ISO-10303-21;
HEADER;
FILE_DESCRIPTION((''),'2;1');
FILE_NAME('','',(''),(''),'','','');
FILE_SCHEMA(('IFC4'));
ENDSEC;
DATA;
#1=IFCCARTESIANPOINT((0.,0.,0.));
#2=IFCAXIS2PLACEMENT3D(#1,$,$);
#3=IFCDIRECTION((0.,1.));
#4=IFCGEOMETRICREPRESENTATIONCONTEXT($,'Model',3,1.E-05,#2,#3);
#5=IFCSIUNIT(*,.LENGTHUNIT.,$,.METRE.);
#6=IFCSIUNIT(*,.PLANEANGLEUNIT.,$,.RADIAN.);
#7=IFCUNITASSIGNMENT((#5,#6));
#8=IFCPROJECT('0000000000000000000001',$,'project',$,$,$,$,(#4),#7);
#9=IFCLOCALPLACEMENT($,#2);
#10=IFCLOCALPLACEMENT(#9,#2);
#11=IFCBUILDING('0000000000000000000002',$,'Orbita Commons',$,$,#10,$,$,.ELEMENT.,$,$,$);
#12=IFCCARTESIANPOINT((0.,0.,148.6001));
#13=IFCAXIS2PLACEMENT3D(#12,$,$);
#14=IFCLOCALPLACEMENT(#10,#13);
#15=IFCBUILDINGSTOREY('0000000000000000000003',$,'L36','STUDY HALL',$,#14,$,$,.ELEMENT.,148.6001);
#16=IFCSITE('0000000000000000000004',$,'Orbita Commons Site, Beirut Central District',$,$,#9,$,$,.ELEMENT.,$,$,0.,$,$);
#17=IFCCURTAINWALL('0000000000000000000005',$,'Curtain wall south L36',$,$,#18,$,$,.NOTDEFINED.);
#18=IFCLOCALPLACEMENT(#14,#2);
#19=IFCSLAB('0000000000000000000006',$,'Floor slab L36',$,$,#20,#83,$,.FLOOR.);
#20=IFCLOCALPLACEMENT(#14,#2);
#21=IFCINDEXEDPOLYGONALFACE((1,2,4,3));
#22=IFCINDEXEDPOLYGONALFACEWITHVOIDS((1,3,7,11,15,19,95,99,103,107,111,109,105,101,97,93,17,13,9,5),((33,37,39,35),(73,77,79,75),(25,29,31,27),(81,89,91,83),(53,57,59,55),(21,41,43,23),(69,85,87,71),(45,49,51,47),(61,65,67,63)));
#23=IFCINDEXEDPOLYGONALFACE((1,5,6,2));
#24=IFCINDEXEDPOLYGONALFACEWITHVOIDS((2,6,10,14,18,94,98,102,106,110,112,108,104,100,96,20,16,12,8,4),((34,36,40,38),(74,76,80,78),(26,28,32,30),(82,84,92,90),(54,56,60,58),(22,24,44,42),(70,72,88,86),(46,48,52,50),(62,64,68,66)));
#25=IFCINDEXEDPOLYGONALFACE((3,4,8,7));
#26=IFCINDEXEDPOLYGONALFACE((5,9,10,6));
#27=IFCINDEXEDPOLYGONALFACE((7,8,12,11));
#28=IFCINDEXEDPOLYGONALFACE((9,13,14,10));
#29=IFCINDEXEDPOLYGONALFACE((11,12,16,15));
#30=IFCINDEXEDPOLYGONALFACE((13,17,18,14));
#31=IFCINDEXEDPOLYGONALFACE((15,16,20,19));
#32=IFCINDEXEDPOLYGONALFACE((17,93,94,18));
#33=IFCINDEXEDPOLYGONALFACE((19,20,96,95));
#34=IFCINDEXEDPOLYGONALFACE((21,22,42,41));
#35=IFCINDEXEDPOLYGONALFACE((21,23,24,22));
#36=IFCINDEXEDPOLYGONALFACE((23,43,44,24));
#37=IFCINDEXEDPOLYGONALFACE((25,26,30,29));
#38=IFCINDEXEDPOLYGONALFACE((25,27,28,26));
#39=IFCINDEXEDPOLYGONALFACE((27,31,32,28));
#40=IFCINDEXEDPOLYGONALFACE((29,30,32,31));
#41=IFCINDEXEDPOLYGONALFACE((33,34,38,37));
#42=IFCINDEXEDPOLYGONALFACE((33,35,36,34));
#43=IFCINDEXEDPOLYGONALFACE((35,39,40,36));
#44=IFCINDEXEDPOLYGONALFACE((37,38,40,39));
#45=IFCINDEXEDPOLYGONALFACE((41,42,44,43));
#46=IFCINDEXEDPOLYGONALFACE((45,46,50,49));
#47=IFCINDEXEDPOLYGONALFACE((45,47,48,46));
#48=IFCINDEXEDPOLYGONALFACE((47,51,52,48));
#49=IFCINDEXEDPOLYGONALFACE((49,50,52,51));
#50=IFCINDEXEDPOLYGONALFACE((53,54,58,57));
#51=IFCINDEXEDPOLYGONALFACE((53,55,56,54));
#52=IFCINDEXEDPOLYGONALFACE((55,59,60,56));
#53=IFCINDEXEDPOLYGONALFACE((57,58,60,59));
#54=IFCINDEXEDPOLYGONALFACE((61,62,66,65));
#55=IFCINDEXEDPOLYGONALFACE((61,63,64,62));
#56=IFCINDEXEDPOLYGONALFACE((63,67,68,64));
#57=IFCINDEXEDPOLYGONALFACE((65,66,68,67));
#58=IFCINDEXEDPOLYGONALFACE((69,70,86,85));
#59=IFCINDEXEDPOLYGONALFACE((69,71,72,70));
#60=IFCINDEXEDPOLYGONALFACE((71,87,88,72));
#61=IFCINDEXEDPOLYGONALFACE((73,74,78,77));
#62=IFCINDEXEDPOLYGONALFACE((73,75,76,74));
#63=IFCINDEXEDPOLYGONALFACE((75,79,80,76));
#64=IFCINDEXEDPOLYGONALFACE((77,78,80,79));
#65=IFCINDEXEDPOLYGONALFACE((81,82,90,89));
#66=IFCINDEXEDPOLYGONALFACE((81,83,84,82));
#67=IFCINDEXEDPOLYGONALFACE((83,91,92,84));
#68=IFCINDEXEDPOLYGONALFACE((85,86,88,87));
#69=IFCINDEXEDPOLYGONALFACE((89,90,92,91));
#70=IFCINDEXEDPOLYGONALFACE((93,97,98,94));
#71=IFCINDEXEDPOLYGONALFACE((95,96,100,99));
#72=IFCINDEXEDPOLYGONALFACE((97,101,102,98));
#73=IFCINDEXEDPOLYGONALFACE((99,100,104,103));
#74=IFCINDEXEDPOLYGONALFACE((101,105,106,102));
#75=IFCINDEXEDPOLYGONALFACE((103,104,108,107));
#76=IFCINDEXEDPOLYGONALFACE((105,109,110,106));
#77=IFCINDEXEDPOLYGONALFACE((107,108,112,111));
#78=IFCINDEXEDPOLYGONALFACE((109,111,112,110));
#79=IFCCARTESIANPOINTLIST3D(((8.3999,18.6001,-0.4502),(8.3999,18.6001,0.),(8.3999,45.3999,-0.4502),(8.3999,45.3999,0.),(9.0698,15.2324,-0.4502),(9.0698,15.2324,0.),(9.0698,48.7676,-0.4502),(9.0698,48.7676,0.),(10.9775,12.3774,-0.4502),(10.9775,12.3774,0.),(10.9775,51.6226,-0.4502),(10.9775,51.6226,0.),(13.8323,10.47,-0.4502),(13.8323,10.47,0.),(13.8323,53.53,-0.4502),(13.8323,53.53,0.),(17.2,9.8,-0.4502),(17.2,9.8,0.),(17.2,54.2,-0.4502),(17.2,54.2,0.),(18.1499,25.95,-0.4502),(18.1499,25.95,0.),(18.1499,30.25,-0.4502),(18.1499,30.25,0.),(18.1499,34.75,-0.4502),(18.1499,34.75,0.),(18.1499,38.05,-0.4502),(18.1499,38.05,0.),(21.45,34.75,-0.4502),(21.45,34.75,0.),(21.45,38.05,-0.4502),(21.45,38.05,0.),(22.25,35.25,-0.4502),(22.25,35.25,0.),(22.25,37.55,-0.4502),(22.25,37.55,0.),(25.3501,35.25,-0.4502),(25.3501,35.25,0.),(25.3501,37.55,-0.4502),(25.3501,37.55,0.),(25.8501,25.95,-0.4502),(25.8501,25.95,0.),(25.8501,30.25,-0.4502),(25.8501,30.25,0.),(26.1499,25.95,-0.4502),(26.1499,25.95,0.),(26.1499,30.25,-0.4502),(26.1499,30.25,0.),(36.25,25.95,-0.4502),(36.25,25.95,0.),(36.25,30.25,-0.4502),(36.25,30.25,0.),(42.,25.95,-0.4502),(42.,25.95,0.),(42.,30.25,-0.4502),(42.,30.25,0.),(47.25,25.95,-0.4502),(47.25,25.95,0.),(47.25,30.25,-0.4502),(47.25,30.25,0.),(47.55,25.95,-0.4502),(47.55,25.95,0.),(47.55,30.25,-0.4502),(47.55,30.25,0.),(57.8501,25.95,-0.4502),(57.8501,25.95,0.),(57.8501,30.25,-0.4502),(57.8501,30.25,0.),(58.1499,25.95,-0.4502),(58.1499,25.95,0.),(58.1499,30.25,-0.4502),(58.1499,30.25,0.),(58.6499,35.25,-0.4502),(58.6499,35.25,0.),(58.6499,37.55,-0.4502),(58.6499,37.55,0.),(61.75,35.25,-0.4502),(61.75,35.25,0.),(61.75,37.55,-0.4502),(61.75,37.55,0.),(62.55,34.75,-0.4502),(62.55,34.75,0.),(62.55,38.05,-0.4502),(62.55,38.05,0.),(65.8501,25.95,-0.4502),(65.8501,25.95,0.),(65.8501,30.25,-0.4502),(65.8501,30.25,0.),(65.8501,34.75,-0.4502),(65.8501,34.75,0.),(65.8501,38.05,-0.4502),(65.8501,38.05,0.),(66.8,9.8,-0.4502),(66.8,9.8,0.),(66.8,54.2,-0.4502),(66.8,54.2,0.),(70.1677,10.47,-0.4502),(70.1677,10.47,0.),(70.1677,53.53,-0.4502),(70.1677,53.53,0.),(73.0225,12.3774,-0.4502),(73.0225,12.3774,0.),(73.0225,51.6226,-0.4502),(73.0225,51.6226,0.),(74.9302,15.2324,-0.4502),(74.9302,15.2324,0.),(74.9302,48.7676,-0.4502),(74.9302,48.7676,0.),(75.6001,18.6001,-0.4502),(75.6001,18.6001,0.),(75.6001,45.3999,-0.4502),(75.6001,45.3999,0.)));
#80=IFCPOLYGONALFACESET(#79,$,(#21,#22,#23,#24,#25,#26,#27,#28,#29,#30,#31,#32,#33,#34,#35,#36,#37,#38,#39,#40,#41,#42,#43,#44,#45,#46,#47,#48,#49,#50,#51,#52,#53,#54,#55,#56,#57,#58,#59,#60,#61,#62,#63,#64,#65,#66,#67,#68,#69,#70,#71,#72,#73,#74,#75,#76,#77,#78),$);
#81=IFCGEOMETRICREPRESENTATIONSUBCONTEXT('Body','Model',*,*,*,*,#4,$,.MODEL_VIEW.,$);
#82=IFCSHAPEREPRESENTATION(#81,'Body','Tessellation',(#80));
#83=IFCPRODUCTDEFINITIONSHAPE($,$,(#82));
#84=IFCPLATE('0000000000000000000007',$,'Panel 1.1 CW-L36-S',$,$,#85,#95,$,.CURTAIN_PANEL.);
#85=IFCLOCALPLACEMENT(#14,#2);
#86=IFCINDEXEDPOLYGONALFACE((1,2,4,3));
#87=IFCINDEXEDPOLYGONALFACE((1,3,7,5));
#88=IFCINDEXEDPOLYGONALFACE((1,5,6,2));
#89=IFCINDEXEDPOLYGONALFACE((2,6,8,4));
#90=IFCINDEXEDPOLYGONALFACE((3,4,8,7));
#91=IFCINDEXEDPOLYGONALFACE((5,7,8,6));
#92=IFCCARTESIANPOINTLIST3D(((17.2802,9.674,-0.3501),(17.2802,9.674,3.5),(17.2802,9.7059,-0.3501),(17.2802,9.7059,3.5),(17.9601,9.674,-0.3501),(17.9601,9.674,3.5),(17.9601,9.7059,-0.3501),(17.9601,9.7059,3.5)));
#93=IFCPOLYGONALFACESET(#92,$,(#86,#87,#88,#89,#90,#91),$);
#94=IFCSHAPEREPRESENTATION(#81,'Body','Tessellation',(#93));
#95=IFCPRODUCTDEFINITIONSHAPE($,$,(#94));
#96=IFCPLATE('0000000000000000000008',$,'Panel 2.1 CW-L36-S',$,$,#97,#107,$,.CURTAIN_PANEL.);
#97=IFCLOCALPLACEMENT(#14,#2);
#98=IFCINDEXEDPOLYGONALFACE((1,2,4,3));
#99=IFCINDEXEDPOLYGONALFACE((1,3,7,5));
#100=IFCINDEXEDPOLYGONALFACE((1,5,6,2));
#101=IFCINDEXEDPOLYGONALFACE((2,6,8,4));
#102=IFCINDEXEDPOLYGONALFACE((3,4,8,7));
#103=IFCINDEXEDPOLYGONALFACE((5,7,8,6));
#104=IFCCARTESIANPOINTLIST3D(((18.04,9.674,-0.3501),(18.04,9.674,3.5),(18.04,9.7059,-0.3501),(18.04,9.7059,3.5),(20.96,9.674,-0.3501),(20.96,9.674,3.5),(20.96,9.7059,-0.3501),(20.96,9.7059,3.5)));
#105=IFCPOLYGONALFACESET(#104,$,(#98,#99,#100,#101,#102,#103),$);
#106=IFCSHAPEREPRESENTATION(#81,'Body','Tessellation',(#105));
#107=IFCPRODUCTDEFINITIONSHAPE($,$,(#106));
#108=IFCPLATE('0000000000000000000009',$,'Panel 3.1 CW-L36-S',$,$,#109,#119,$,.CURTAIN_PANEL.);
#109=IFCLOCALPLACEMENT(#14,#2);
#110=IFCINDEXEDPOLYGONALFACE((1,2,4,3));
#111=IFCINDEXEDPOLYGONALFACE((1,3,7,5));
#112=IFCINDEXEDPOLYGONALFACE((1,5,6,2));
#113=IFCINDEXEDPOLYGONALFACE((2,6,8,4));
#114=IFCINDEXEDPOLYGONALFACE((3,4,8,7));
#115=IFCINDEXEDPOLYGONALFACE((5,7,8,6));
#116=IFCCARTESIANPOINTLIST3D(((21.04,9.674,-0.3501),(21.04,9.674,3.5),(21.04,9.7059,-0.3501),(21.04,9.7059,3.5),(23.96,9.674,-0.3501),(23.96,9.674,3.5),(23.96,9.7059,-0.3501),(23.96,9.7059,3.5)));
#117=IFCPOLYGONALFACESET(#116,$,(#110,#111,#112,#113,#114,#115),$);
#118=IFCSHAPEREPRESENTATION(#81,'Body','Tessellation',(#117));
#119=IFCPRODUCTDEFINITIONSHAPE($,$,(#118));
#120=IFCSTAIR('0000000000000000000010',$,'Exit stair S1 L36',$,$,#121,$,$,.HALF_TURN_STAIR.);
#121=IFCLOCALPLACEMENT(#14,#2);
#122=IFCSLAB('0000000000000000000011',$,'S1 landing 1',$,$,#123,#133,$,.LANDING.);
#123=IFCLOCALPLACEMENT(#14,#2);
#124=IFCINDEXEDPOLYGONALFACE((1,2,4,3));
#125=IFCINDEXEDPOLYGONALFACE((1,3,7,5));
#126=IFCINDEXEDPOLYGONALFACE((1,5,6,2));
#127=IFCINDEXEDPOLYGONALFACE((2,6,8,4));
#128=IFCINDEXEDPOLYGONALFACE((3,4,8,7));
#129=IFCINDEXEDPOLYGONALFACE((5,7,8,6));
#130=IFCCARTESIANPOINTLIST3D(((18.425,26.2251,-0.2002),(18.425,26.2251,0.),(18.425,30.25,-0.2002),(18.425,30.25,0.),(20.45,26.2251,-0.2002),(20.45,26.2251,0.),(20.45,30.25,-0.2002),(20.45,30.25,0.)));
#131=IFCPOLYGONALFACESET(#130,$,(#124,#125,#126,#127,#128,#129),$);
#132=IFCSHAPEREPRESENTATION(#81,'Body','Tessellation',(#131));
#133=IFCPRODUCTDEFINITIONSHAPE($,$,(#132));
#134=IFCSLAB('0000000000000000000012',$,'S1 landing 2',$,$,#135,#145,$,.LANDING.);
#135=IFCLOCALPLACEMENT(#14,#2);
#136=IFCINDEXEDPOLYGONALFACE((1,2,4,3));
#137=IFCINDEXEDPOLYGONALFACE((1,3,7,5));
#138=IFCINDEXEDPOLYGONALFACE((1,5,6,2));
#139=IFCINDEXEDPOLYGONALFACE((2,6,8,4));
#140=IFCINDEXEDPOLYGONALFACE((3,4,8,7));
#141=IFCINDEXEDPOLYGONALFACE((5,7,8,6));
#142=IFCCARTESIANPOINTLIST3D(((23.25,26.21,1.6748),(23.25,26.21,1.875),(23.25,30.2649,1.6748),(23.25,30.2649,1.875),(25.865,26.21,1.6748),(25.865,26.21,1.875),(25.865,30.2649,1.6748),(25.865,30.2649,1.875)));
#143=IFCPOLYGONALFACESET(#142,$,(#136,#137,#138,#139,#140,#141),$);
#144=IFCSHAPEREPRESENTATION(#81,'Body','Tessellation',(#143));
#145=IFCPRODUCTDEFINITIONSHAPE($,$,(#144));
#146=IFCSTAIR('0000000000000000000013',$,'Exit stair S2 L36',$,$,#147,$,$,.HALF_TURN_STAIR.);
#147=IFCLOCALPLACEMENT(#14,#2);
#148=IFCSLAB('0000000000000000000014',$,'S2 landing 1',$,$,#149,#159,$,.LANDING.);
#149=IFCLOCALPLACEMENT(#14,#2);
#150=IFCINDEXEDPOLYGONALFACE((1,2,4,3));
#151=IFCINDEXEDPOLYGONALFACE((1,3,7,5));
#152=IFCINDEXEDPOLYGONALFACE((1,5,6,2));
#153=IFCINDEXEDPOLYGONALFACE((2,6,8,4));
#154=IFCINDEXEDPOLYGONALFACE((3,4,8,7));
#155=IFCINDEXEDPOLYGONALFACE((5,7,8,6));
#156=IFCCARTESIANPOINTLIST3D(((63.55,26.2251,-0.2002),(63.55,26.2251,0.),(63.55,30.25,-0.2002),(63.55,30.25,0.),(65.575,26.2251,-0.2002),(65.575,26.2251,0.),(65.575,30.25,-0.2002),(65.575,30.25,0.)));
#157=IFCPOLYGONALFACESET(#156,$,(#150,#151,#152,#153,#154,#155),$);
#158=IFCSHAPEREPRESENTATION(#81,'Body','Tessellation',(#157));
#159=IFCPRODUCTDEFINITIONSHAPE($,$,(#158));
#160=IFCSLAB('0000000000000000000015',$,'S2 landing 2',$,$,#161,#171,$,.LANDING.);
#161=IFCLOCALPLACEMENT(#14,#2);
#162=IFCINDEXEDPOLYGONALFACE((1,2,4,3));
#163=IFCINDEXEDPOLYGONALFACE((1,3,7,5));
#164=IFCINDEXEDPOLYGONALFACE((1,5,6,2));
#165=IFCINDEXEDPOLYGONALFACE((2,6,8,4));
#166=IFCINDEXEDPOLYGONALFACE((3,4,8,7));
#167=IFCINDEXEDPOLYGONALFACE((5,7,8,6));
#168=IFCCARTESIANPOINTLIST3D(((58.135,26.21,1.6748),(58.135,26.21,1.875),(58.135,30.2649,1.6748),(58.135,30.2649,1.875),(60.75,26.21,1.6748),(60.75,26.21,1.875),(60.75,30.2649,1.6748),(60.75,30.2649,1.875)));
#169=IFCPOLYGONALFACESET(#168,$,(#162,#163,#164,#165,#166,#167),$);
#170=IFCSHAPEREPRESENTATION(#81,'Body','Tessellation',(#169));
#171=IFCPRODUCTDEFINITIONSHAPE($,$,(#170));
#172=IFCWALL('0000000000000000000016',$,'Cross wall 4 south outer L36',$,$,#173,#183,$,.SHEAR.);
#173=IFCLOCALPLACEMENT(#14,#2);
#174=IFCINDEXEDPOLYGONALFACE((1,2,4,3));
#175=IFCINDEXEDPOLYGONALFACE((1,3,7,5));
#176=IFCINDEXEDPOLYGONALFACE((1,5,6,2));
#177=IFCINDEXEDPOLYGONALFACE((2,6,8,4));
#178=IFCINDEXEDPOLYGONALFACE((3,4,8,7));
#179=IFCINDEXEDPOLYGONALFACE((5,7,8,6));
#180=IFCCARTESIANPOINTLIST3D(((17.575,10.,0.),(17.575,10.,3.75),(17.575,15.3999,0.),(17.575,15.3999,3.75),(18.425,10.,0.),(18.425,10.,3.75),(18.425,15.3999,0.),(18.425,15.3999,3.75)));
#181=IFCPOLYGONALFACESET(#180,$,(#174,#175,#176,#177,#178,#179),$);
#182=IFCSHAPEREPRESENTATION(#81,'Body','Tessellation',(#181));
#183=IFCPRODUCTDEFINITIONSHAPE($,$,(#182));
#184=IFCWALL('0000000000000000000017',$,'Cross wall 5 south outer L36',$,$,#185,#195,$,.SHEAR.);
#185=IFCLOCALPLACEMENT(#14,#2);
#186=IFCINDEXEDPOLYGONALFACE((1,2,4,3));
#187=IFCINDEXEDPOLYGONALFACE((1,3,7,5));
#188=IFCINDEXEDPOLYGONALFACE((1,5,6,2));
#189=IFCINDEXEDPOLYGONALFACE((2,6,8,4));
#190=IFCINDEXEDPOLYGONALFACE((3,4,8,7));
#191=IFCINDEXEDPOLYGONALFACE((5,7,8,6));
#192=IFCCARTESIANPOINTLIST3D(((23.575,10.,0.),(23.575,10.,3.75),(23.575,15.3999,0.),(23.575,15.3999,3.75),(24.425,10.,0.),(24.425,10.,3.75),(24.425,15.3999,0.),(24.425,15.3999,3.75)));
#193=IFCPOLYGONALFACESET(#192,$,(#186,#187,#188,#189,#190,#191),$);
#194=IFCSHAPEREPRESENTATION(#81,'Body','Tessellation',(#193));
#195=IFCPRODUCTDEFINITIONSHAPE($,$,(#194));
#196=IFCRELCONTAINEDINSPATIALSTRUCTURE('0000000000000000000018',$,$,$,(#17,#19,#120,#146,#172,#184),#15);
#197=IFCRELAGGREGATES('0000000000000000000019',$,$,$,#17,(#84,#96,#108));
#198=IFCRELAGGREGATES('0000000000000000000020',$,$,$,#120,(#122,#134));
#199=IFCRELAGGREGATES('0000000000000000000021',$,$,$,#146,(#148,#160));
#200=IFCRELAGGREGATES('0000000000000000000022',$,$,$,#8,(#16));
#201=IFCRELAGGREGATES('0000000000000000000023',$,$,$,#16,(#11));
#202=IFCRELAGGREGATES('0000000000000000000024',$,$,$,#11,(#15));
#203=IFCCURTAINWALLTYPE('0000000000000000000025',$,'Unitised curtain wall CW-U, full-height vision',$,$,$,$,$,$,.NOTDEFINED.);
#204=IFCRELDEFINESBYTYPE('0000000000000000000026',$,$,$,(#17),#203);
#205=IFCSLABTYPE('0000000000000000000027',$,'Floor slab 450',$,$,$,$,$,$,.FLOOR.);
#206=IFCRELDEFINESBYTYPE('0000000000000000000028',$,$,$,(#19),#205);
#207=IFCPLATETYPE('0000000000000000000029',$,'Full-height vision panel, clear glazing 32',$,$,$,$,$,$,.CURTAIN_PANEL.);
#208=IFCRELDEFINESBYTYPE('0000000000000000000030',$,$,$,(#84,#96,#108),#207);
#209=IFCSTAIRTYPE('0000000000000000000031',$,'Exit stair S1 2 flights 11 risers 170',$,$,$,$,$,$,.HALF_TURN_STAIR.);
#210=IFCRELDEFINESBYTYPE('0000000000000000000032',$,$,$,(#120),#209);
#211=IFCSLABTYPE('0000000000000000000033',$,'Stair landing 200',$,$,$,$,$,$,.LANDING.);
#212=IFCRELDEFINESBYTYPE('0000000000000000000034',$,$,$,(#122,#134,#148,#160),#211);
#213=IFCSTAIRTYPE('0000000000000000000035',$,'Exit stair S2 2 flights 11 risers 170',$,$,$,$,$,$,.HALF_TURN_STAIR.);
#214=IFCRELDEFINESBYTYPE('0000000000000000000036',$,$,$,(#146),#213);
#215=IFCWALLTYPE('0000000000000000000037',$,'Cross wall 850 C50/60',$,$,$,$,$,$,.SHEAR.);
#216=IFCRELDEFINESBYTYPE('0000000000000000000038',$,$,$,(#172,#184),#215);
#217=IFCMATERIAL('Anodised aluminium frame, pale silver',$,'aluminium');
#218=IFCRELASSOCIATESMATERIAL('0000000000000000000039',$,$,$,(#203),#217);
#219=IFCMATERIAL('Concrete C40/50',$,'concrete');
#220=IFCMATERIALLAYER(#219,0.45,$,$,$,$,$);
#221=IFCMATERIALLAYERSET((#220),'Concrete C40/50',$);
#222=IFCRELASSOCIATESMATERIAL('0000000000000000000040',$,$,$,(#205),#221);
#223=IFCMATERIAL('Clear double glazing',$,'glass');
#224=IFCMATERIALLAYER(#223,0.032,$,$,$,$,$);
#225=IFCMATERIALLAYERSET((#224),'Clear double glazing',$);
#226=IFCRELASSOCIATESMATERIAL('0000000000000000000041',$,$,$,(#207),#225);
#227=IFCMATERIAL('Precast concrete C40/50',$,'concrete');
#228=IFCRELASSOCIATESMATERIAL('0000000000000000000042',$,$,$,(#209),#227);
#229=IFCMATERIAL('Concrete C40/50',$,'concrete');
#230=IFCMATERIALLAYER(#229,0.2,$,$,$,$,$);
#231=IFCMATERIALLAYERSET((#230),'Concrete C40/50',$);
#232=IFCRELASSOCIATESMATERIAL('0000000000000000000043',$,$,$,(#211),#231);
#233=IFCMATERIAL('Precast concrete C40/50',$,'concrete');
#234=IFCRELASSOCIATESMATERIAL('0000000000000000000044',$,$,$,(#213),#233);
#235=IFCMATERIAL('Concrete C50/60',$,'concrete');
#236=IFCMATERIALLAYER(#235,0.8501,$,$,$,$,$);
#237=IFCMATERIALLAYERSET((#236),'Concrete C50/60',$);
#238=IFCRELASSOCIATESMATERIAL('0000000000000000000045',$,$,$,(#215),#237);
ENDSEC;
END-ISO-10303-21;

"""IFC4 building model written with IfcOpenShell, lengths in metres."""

from ifc_helpers import new_model, si_unit, direction, frame, frame_2d, origin, origin_2d, place, context, subcontext, project, spatial, polyline, rectangle, outline, extrude, material, layer, layer_set, type_object, element, aggregate, save


model = new_model("IFC4")

# Units and contexts
model_context = context("Model", 3, precision=1e-05, world=origin(), true_north=direction((0.0, 1.0)))
body_context = subcontext(model_context, "Body", "Model", "MODEL_VIEW")
ifc_project = project(units=[si_unit("LENGTHUNIT", "METRE"), si_unit("PLANEANGLEUNIT", "RADIAN")], contexts=[model_context])

# Site, building, storey
site_placement = place(None, origin())
site = spatial("IfcSite", under=ifc_project, at=site_placement, Name="Orbita Commons Site, Beirut Central District", CompositionType="ELEMENT", RefElevation=0.0)
building_placement = place(site_placement, origin())
building = spatial("IfcBuilding", under=site, at=building_placement, Name="Orbita Commons", CompositionType="ELEMENT")
storey_placement = place(building_placement, frame((0.0, 0.0, 148.6001)))
storey = spatial("IfcBuildingStorey", under=building, at=storey_placement, Name="L36", Description="STUDY HALL", CompositionType="ELEMENT", Elevation=148.6001)

# Curtain wall
ifc_material_1 = material(Name="Anodised aluminium frame, pale silver", Category="aluminium")
curtain_wall_type = type_object("IfcCurtainWallType", Name="Unitised curtain wall CW-U, full-height vision", PredefinedType="NOTDEFINED", material=ifc_material_1)
curtain_wall_placement = place(storey_placement, origin())
curtain_wall = element("IfcCurtainWall", 1, at=curtain_wall_placement, inside=storey, type_object=curtain_wall_type, Name="Curtain wall south L36", PredefinedType="NOTDEFINED")

# Slab
ifc_material_2 = material(Name="Concrete C40/50", Category="concrete")
ifc_layer_1 = layer(ifc_material_2, 0.45)
ifc_layer_set_1 = layer_set([ifc_layer_1], Name="Concrete C40/50")
slab_type_1 = type_object("IfcSlabType", Name="Floor slab 450", PredefinedType="FLOOR", material=ifc_layer_set_1)
slab_1_placement = place(storey_placement, frame((0.0, 0.0, -0.4502)))
element("IfcSlab", 2, at=slab_1_placement, inside=storey, type_object=slab_type_1, Name="Floor slab L36", PredefinedType="FLOOR", context=body_context, shape_type="SweptSolid", body=[
    extrude(outline(polyline([(66.8, 9.8), (70.1677, 10.47), (73.0225, 12.3774), (74.9302, 15.2324), (75.6001, 18.6001), (75.6001, 45.3999), (74.9302, 48.7676), (73.0225, 51.6226), (70.1677, 53.53), (66.8, 54.2), (17.2, 54.2), (13.8323, 53.53), (10.9775, 51.6226), (9.0698, 48.7676), (8.3999, 45.3999), (8.3999, 18.6001), (9.0698, 15.2324), (10.9775, 12.3774), (13.8323, 10.47), (17.2, 9.8), (66.8, 9.8)]), holes=[polyline([(18.1499, 25.95), (25.8501, 25.95), (25.8501, 30.25), (18.1499, 30.25), (18.1499, 25.95)]), polyline([(58.1499, 25.95), (65.8501, 25.95), (65.8501, 30.25), (58.1499, 30.25), (58.1499, 25.95)]), polyline([(18.1499, 34.75), (21.45, 34.75), (21.45, 38.05), (18.1499, 38.05), (18.1499, 34.75)]), polyline([(62.55, 34.75), (65.8501, 34.75), (65.8501, 38.05), (62.55, 38.05), (62.55, 34.75)]), polyline([(22.25, 35.25), (25.3501, 35.25), (25.3501, 37.55), (22.25, 37.55), (22.25, 35.25)]), polyline([(58.6499, 35.25), (61.75, 35.25), (61.75, 37.55), (58.6499, 37.55), (58.6499, 35.25)]), polyline([(26.1499, 25.95), (36.25, 25.95), (36.25, 30.25), (26.1499, 30.25), (26.1499, 25.95)]), polyline([(42.0, 25.95), (47.25, 25.95), (47.25, 30.25), (42.0, 30.25), (42.0, 25.95)]), polyline([(47.55, 25.95), (57.8501, 25.95), (57.8501, 30.25), (47.55, 30.25), (47.55, 25.95)])]), origin(), (0.0, 0.0, 1.0), 0.4502),
])

# Plates
ifc_material_3 = material(Name="Clear double glazing", Category="glass")
ifc_layer_2 = layer(ifc_material_3, 0.032)
ifc_layer_set_2 = layer_set([ifc_layer_2], Name="Clear double glazing")
plate_type = type_object("IfcPlateType", Name="Full-height vision panel, clear glazing 32", PredefinedType="CURTAIN_PANEL", material=ifc_layer_set_2)
plate_1_placement = place(storey_placement, frame((17.6201, 9.6899, -0.3501), z_axis=(0.0, 0.0, 1.0), x_axis=(1.0, 0.0, 0.0)))
plate_1 = element("IfcPlate", 3, at=plate_1_placement, type_object=plate_type, Name="Panel 1.1 CW-L36-S", PredefinedType="CURTAIN_PANEL", context=body_context, shape_type="SweptSolid", body=[
    extrude(rectangle(XDim=0.6799, YDim=0.032, at=origin_2d()), origin(), (0.0, 0.0, 1.0), 3.8501),
])
plate_2_placement = place(storey_placement, frame((19.5, 9.6899, -0.3501), z_axis=(0.0, 0.0, 1.0), x_axis=(1.0, 0.0, 0.0)))
plate_2 = element("IfcPlate", 4, at=plate_2_placement, type_object=plate_type, Name="Panel 2.1 CW-L36-S", PredefinedType="CURTAIN_PANEL", context=body_context, shape_type="SweptSolid", body=[
    extrude(rectangle(XDim=2.9199, YDim=0.032, at=origin_2d()), origin(), (0.0, 0.0, 1.0), 3.8501),
])
plate_3_placement = place(storey_placement, frame((22.5, 9.6899, -0.3501), z_axis=(0.0, 0.0, 1.0), x_axis=(1.0, 0.0, 0.0)))
plate_3 = element("IfcPlate", 5, at=plate_3_placement, type_object=plate_type, Name="Panel 3.1 CW-L36-S", PredefinedType="CURTAIN_PANEL", context=body_context, shape_type="SweptSolid", body=[
    extrude(rectangle(XDim=2.9199, YDim=0.032, at=origin_2d()), origin(), (0.0, 0.0, 1.0), 3.8501),
])
aggregate(curtain_wall, [plate_1, plate_2, plate_3])

# Stairs, slabs
ifc_material_4 = material(Name="Precast concrete C40/50", Category="concrete")
stair_type_1 = type_object("IfcStairType", Name="Exit stair S1 2 flights 11 risers 170", PredefinedType="HALF_TURN_STAIR", material=ifc_material_4)
stair_1_placement = place(storey_placement, origin())
stair_1 = element("IfcStair", 6, at=stair_1_placement, inside=storey, type_object=stair_type_1, Name="Exit stair S1 L36", PredefinedType="HALF_TURN_STAIR")
ifc_material_5 = material(Name="Concrete C40/50", Category="concrete")
ifc_layer_3 = layer(ifc_material_5, 0.2)
ifc_layer_set_3 = layer_set([ifc_layer_3], Name="Concrete C40/50")
slab_type_2 = type_object("IfcSlabType", Name="Stair landing 200", PredefinedType="LANDING", material=ifc_layer_set_3)
slab_2_placement = place(storey_placement, frame((0.0, 0.0, -0.2002)))
slab_2 = element("IfcSlab", 7, at=slab_2_placement, type_object=slab_type_2, Name="S1 landing 1", PredefinedType="LANDING", context=body_context, shape_type="SweptSolid", body=[
    extrude(outline(polyline([(18.425, 26.2251), (20.45, 26.2251), (20.45, 30.25), (18.425, 30.25), (18.425, 26.2251)])), origin(), (0.0, 0.0, 1.0), 0.2002),
])
slab_3_placement = place(storey_placement, frame((0.0, 0.0, 1.6748)))
slab_3 = element("IfcSlab", 8, at=slab_3_placement, type_object=slab_type_2, Name="S1 landing 2", PredefinedType="LANDING", context=body_context, shape_type="SweptSolid", body=[
    extrude(outline(polyline([(23.25, 26.21), (25.865, 26.21), (25.865, 30.2649), (23.25, 30.2649), (23.25, 26.21)])), origin(), (0.0, 0.0, 1.0), 0.2002),
])
aggregate(stair_1, [slab_2, slab_3])
ifc_material_6 = material(Name="Precast concrete C40/50", Category="concrete")
stair_type_2 = type_object("IfcStairType", Name="Exit stair S2 2 flights 11 risers 170", PredefinedType="HALF_TURN_STAIR", material=ifc_material_6)
stair_2_placement = place(storey_placement, origin())
stair_2 = element("IfcStair", 9, at=stair_2_placement, inside=storey, type_object=stair_type_2, Name="Exit stair S2 L36", PredefinedType="HALF_TURN_STAIR")
slab_4_placement = place(storey_placement, frame((0.0, 0.0, -0.2002)))
slab_4 = element("IfcSlab", 10, at=slab_4_placement, type_object=slab_type_2, Name="S2 landing 1", PredefinedType="LANDING", context=body_context, shape_type="SweptSolid", body=[
    extrude(outline(polyline([(63.55, 26.2251), (65.575, 26.2251), (65.575, 30.25), (63.55, 30.25), (63.55, 26.2251)])), origin(), (0.0, 0.0, 1.0), 0.2002),
])
slab_5_placement = place(storey_placement, frame((0.0, 0.0, 1.6748)))
slab_5 = element("IfcSlab", 11, at=slab_5_placement, type_object=slab_type_2, Name="S2 landing 2", PredefinedType="LANDING", context=body_context, shape_type="SweptSolid", body=[
    extrude(outline(polyline([(58.135, 26.21), (60.75, 26.21), (60.75, 30.2649), (58.135, 30.2649), (58.135, 26.21)])), origin(), (0.0, 0.0, 1.0), 0.2002),
])
aggregate(stair_2, [slab_4, slab_5])

# Walls
ifc_material_7 = material(Name="Concrete C50/60", Category="concrete")
ifc_layer_4 = layer(ifc_material_7, 0.8501)
ifc_layer_set_4 = layer_set([ifc_layer_4], Name="Concrete C50/60")
wall_type_1 = type_object("IfcWallType", Name="Cross wall 850 C50/60", PredefinedType="SHEAR", material=ifc_layer_set_4)
for number, where, z_axis, x_axis, name in (
    (12, (18.0, 10.0, 0.0), (0.0, 0.0, 1.0), (0.0, 1.0, 0.0), "Cross wall 4 south outer L36"),
    (13, (24.0, 10.0, 0.0), (0.0, 0.0, 1.0), (0.0, 1.0, 0.0), "Cross wall 5 south outer L36"),
):
    element("IfcWall", number, at=place(storey_placement, frame(where, z_axis=z_axis, x_axis=x_axis)), inside=storey, type_object=wall_type_1, Name=name, PredefinedType="SHEAR", context=body_context, shape_type="SweptSolid", body=[
        extrude(rectangle(XDim=5.3999, YDim=0.8501, at=frame_2d((2.7, 0.0))), origin(), (0.0, 0.0, 1.0), 3.75),
    ])

save(model, "model.ifc")
